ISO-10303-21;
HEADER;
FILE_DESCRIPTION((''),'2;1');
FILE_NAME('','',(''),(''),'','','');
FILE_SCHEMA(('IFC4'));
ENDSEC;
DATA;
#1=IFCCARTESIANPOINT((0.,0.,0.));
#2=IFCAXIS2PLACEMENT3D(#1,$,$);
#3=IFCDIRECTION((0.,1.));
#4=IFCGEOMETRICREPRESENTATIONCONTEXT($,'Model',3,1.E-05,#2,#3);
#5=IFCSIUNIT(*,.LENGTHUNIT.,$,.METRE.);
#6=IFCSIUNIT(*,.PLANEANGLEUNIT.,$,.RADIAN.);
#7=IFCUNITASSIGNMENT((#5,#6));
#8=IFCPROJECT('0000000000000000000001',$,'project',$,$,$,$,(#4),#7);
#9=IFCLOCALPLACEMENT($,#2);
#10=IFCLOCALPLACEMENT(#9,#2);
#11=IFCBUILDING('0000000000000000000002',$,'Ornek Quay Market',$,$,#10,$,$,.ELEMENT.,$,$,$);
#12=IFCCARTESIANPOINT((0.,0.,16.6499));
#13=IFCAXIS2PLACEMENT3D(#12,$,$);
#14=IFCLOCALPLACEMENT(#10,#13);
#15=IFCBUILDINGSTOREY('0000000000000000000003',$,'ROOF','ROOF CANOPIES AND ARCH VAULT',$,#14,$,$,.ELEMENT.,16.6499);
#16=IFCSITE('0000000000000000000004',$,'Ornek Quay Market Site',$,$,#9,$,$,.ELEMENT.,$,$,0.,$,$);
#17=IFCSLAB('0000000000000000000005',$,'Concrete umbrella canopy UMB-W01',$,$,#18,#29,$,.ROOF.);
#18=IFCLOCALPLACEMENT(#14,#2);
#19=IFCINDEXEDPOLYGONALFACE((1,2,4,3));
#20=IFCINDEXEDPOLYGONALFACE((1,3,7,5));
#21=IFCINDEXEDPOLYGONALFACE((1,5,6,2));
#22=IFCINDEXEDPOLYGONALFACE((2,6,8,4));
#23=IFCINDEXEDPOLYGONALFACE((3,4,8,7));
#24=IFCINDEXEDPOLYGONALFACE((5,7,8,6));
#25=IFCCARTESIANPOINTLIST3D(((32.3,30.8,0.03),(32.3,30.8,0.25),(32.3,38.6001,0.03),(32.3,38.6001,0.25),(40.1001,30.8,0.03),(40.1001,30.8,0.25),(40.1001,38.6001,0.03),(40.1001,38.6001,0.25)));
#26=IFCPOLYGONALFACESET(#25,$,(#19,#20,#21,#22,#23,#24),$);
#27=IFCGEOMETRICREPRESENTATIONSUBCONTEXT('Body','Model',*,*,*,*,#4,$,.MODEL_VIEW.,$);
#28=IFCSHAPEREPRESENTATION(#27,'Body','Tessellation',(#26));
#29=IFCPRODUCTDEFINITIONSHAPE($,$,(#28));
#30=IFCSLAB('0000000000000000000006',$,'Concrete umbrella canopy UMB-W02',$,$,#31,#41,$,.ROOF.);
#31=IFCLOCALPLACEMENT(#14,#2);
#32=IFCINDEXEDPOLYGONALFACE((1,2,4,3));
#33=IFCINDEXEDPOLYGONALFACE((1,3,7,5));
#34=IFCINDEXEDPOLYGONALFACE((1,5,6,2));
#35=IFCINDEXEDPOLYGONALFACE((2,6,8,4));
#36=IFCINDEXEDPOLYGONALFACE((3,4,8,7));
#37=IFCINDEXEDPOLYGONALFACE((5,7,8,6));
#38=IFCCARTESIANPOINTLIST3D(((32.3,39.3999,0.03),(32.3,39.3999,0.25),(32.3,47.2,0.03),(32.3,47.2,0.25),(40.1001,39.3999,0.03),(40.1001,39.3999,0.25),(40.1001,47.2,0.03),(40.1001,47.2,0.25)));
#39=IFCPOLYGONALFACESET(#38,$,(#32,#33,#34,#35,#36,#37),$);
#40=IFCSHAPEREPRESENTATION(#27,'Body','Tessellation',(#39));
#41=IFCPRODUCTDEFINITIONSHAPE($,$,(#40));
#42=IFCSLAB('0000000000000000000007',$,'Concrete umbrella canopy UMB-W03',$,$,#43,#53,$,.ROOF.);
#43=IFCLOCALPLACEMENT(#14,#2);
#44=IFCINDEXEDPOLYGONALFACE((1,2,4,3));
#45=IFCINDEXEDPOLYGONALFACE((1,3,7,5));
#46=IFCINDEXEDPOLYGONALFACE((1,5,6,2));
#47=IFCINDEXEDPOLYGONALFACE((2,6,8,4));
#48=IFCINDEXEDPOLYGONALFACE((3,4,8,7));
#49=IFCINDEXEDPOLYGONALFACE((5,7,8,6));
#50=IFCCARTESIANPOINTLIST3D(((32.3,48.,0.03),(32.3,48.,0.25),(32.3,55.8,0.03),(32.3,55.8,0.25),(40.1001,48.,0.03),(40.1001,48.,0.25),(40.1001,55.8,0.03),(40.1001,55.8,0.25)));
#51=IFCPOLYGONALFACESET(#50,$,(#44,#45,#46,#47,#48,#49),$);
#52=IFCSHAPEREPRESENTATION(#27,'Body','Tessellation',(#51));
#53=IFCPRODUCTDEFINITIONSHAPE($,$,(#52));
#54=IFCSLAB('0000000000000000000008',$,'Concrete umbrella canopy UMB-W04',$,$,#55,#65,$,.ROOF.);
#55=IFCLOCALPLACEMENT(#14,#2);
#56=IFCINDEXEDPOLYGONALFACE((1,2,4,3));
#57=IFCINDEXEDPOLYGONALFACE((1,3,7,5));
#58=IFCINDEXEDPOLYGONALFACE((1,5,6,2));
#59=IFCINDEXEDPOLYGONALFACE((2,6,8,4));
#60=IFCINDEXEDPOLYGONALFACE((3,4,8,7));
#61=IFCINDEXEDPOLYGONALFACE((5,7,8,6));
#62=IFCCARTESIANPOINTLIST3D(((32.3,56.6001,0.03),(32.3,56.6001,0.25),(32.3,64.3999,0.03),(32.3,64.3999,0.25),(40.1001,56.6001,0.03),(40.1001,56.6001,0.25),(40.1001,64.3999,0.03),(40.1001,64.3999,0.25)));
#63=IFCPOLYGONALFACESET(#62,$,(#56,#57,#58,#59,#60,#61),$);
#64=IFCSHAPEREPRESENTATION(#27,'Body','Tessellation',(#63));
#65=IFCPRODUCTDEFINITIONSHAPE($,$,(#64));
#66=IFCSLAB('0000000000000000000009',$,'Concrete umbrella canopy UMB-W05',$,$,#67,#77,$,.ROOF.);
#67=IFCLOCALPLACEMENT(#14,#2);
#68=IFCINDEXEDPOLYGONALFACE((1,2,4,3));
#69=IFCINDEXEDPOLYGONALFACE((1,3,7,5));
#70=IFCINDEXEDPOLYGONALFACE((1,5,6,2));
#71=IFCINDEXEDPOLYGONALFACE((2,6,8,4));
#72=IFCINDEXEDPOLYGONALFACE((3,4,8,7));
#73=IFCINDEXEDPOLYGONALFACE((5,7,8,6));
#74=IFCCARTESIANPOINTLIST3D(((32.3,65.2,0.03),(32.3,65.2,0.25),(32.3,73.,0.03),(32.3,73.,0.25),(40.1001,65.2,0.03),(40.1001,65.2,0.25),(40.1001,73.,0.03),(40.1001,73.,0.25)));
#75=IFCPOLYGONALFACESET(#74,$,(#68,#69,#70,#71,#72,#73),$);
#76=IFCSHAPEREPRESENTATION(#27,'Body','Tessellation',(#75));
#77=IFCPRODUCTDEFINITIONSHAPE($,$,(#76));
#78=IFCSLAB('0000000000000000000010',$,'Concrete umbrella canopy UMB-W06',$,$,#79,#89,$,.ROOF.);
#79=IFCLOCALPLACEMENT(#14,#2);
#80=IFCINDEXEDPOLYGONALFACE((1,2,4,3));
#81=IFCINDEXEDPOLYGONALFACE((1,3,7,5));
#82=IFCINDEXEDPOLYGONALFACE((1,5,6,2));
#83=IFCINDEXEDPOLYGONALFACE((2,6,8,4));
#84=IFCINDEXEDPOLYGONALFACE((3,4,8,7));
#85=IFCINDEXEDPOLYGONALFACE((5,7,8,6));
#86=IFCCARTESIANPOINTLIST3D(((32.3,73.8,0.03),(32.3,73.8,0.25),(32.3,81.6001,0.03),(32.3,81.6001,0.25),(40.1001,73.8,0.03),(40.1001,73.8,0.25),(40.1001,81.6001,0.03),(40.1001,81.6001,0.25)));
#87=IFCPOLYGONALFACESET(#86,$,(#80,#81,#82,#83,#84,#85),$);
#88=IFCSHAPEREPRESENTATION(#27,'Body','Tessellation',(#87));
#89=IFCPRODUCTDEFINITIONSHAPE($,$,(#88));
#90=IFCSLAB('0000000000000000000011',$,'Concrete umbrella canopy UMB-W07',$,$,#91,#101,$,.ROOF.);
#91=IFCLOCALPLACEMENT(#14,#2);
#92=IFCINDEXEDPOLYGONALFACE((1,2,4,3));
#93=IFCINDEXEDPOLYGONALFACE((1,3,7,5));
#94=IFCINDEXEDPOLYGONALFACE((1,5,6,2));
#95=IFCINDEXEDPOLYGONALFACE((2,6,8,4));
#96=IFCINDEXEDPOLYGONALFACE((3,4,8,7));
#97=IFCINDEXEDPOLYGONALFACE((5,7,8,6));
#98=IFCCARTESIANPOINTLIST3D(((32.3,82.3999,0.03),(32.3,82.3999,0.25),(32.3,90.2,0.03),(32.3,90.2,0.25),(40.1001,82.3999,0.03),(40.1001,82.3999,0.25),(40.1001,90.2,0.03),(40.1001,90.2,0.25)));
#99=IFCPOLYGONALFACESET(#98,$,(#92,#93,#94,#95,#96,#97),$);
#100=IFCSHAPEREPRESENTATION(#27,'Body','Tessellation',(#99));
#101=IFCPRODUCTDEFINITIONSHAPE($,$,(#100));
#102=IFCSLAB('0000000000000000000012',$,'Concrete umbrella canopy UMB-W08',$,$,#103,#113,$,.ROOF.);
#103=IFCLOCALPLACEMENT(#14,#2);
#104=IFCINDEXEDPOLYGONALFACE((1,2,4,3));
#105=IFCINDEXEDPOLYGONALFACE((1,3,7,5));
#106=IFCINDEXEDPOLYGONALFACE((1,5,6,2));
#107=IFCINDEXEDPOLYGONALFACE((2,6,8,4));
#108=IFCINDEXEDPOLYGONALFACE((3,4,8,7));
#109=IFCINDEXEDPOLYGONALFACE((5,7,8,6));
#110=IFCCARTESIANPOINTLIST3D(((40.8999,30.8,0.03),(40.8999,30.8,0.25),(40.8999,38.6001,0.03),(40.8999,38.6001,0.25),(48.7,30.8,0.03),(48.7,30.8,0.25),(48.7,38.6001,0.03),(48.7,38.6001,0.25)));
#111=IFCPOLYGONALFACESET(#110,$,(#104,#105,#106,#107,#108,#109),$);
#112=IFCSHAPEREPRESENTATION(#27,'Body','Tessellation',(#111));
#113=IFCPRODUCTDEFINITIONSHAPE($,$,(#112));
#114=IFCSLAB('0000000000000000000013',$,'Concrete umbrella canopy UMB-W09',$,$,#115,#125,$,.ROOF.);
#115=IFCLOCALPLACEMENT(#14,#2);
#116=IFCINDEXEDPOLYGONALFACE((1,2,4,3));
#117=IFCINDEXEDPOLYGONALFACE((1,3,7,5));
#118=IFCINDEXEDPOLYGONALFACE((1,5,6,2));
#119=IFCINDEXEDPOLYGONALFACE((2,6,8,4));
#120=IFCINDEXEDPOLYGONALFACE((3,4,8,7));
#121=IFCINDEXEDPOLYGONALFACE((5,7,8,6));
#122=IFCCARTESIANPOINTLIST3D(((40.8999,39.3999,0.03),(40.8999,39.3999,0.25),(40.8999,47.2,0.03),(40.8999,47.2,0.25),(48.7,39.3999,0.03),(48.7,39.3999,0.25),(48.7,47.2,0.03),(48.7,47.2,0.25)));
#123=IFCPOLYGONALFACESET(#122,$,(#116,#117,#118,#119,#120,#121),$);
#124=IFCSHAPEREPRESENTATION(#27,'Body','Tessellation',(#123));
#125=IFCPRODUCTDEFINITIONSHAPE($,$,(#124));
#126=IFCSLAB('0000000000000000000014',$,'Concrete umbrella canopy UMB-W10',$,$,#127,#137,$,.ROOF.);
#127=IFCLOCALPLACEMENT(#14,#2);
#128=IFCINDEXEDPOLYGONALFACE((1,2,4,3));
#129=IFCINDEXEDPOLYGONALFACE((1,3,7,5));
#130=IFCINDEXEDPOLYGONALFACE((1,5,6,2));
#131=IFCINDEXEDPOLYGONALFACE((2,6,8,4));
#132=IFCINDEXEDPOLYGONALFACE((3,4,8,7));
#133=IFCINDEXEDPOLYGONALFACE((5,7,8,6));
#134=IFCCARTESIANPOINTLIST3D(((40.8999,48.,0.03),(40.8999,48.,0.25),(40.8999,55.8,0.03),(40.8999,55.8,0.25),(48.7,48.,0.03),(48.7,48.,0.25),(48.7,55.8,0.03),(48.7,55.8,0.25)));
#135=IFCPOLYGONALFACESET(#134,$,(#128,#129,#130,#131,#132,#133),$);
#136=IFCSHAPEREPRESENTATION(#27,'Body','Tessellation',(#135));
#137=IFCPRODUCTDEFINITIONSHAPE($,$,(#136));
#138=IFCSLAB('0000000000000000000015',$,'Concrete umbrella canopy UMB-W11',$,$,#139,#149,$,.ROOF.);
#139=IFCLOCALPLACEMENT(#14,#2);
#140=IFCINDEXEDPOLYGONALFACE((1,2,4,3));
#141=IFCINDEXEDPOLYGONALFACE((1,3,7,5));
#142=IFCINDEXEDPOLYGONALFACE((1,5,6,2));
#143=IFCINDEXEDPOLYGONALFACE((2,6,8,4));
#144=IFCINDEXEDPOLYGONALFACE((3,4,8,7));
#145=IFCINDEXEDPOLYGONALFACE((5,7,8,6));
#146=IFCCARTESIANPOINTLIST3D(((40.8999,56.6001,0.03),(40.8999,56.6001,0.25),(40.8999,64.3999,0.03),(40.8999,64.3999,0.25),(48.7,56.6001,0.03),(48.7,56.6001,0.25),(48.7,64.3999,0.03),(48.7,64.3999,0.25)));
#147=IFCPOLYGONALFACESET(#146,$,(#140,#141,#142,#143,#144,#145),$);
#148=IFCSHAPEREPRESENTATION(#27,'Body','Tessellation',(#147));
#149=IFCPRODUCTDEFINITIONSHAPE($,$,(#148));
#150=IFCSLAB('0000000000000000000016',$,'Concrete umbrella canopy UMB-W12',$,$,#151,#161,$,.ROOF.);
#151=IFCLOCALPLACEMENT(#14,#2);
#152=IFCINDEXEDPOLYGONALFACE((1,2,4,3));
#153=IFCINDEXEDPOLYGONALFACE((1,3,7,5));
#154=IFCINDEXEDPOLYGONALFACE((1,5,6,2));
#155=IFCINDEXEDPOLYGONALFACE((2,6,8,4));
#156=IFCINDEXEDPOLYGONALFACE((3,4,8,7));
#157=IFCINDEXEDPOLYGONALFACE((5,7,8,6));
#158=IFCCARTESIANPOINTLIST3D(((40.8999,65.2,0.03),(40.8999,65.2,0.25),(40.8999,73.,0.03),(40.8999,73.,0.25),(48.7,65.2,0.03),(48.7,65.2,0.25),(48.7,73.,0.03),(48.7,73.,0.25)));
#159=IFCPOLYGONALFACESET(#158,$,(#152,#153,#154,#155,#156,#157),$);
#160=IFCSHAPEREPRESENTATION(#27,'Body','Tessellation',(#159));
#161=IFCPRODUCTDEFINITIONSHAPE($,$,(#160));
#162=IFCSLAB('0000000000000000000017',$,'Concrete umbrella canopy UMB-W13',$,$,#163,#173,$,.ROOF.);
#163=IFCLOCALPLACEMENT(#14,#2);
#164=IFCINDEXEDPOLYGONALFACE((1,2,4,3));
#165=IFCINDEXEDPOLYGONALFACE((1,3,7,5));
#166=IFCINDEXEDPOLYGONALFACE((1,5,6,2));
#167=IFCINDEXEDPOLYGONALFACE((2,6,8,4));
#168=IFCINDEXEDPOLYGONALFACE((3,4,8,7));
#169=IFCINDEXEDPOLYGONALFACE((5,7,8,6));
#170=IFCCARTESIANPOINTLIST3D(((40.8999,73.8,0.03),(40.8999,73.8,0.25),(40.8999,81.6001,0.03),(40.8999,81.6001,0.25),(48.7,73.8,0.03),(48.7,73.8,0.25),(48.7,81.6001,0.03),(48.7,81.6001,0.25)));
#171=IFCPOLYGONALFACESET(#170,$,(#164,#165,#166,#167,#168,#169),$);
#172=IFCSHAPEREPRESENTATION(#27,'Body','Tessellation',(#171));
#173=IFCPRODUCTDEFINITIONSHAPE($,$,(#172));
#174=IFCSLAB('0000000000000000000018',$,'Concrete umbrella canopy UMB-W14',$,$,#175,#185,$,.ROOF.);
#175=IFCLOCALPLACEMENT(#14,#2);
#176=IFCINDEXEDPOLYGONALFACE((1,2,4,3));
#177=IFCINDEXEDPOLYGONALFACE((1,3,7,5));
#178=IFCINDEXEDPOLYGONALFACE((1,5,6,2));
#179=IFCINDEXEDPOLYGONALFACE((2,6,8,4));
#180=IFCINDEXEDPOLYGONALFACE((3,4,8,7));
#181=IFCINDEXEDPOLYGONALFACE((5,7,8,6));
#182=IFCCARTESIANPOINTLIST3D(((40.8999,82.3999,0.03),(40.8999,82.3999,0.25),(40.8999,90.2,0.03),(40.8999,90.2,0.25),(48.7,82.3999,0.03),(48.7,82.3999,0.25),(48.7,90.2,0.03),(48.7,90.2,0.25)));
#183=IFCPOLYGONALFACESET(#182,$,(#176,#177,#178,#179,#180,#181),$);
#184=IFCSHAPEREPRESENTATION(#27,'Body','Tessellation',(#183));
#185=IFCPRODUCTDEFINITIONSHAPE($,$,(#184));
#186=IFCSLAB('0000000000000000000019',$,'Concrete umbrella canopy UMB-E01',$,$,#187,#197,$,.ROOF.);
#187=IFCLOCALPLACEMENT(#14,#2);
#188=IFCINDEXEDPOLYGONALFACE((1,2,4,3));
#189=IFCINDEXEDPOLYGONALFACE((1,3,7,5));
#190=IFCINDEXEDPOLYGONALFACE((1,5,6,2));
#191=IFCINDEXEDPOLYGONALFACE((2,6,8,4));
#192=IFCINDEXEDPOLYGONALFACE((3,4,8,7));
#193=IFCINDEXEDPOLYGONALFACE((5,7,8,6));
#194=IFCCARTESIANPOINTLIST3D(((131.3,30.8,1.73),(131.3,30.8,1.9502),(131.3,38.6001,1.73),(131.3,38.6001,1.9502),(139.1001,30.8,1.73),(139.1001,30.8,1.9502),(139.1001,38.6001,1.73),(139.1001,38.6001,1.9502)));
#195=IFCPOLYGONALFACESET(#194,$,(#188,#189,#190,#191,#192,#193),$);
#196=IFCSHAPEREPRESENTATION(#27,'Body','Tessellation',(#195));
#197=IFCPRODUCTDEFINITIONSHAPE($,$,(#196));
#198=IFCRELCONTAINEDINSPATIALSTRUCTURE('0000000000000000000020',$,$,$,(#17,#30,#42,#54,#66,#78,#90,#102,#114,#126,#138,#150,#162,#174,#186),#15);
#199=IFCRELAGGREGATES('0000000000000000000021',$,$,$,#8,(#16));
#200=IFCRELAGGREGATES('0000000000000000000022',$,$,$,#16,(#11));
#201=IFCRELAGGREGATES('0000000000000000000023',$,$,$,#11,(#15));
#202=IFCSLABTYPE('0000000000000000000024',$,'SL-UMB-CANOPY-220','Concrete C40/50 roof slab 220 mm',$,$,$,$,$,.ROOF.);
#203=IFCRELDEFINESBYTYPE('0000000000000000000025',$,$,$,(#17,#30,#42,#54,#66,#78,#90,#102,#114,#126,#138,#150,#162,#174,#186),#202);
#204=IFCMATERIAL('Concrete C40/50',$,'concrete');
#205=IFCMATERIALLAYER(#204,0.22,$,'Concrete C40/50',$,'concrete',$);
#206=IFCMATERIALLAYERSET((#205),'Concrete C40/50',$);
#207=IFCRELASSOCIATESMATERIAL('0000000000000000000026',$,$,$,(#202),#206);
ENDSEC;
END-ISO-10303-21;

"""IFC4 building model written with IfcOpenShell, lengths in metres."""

from ifc_helpers import new_model, si_unit, direction, frame, origin, place, context, subcontext, project, spatial, polyline, outline, extrude, material, layer, layer_set, type_object, element, save


model = new_model("IFC4")

# Units and contexts
model_context = context("Model", 3, precision=1e-05, world=origin(), true_north=direction((0.0, 1.0)))
body_context = subcontext(model_context, "Body", "Model", "MODEL_VIEW")
ifc_project = project(units=[si_unit("LENGTHUNIT", "METRE"), si_unit("PLANEANGLEUNIT", "RADIAN")], contexts=[model_context])

# Site, building, storey
site_placement = place(None, origin())
site = spatial("IfcSite", under=ifc_project, at=site_placement, Name="Ornek Quay Market Site", CompositionType="ELEMENT", RefElevation=0.0)
building_placement = place(site_placement, origin())
building = spatial("IfcBuilding", under=site, at=building_placement, Name="Ornek Quay Market", CompositionType="ELEMENT")
storey_placement = place(building_placement, frame((0.0, 0.0, 16.6499)))
storey = spatial("IfcBuildingStorey", under=building, at=storey_placement, Name="ROOF", Description="ROOF CANOPIES AND ARCH VAULT", CompositionType="ELEMENT", Elevation=16.6499)

# Slabs
ifc_material = material(Name="Concrete C40/50", Category="concrete")
ifc_layer = layer(ifc_material, 0.22, Name="Concrete C40/50", Category="concrete")
ifc_layer_set = layer_set([ifc_layer], Name="Concrete C40/50")
slab_type = type_object("IfcSlabType", Name="SL-UMB-CANOPY-220", Description="Concrete C40/50 roof slab 220 mm", PredefinedType="ROOF", material=ifc_layer_set)
slab_1_placement = place(storey_placement, frame((0.0, 0.0, 0.03)))
element("IfcSlab", 1, at=slab_1_placement, inside=storey, type_object=slab_type, Name="Concrete umbrella canopy UMB-W01", PredefinedType="ROOF", context=body_context, shape_type="SweptSolid", body=[
    extrude(outline(polyline([(32.3, 30.8), (40.1001, 30.8), (40.1001, 38.6001), (32.3, 38.6001), (32.3, 30.8)])), origin(), (0.0, 0.0, 1.0), 0.22),
])
slab_2_placement = place(storey_placement, frame((0.0, 0.0, 0.03)))
element("IfcSlab", 2, at=slab_2_placement, inside=storey, type_object=slab_type, Name="Concrete umbrella canopy UMB-W02", PredefinedType="ROOF", context=body_context, shape_type="SweptSolid", body=[
    extrude(outline(polyline([(32.3, 39.3999), (40.1001, 39.3999), (40.1001, 47.2), (32.3, 47.2), (32.3, 39.3999)])), origin(), (0.0, 0.0, 1.0), 0.22),
])
slab_3_placement = place(storey_placement, frame((0.0, 0.0, 0.03)))
element("IfcSlab", 3, at=slab_3_placement, inside=storey, type_object=slab_type, Name="Concrete umbrella canopy UMB-W03", PredefinedType="ROOF", context=body_context, shape_type="SweptSolid", body=[
    extrude(outline(polyline([(32.3, 48.0), (40.1001, 48.0), (40.1001, 55.8), (32.3, 55.8), (32.3, 48.0)])), origin(), (0.0, 0.0, 1.0), 0.22),
])
slab_4_placement = place(storey_placement, frame((0.0, 0.0, 0.03)))
element("IfcSlab", 4, at=slab_4_placement, inside=storey, type_object=slab_type, Name="Concrete umbrella canopy UMB-W04", PredefinedType="ROOF", context=body_context, shape_type="SweptSolid", body=[
    extrude(outline(polyline([(32.3, 56.6001), (40.1001, 56.6001), (40.1001, 64.3999), (32.3, 64.3999), (32.3, 56.6001)])), origin(), (0.0, 0.0, 1.0), 0.22),
])
slab_5_placement = place(storey_placement, frame((0.0, 0.0, 0.03)))
element("IfcSlab", 5, at=slab_5_placement, inside=storey, type_object=slab_type, Name="Concrete umbrella canopy UMB-W05", PredefinedType="ROOF", context=body_context, shape_type="SweptSolid", body=[
    extrude(outline(polyline([(32.3, 65.2), (40.1001, 65.2), (40.1001, 73.0), (32.3, 73.0), (32.3, 65.2)])), origin(), (0.0, 0.0, 1.0), 0.22),
])
slab_6_placement = place(storey_placement, frame((0.0, 0.0, 0.03)))
element("IfcSlab", 6, at=slab_6_placement, inside=storey, type_object=slab_type, Name="Concrete umbrella canopy UMB-W06", PredefinedType="ROOF", context=body_context, shape_type="SweptSolid", body=[
    extrude(outline(polyline([(32.3, 73.8), (40.1001, 73.8), (40.1001, 81.6001), (32.3, 81.6001), (32.3, 73.8)])), origin(), (0.0, 0.0, 1.0), 0.22),
])
slab_7_placement = place(storey_placement, frame((0.0, 0.0, 0.03)))
element("IfcSlab", 7, at=slab_7_placement, inside=storey, type_object=slab_type, Name="Concrete umbrella canopy UMB-W07", PredefinedType="ROOF", context=body_context, shape_type="SweptSolid", body=[
    extrude(outline(polyline([(32.3, 82.3999), (40.1001, 82.3999), (40.1001, 90.2), (32.3, 90.2), (32.3, 82.3999)])), origin(), (0.0, 0.0, 1.0), 0.22),
])
slab_8_placement = place(storey_placement, frame((0.0, 0.0, 0.03)))
element("IfcSlab", 8, at=slab_8_placement, inside=storey, type_object=slab_type, Name="Concrete umbrella canopy UMB-W08", PredefinedType="ROOF", context=body_context, shape_type="SweptSolid", body=[
    extrude(outline(polyline([(40.8999, 30.8), (48.7, 30.8), (48.7, 38.6001), (40.8999, 38.6001), (40.8999, 30.8)])), origin(), (0.0, 0.0, 1.0), 0.22),
])
slab_9_placement = place(storey_placement, frame((0.0, 0.0, 0.03)))
element("IfcSlab", 9, at=slab_9_placement, inside=storey, type_object=slab_type, Name="Concrete umbrella canopy UMB-W09", PredefinedType="ROOF", context=body_context, shape_type="SweptSolid", body=[
    extrude(outline(polyline([(40.8999, 39.3999), (48.7, 39.3999), (48.7, 47.2), (40.8999, 47.2), (40.8999, 39.3999)])), origin(), (0.0, 0.0, 1.0), 0.22),
])
slab_10_placement = place(storey_placement, frame((0.0, 0.0, 0.03)))
element("IfcSlab", 10, at=slab_10_placement, inside=storey, type_object=slab_type, Name="Concrete umbrella canopy UMB-W10", PredefinedType="ROOF", context=body_context, shape_type="SweptSolid", body=[
    extrude(outline(polyline([(40.8999, 48.0), (48.7, 48.0), (48.7, 55.8), (40.8999, 55.8), (40.8999, 48.0)])), origin(), (0.0, 0.0, 1.0), 0.22),
])
slab_11_placement = place(storey_placement, frame((0.0, 0.0, 0.03)))
element("IfcSlab", 11, at=slab_11_placement, inside=storey, type_object=slab_type, Name="Concrete umbrella canopy UMB-W11", PredefinedType="ROOF", context=body_context, shape_type="SweptSolid", body=[
    extrude(outline(polyline([(40.8999, 56.6001), (48.7, 56.6001), (48.7, 64.3999), (40.8999, 64.3999), (40.8999, 56.6001)])), origin(), (0.0, 0.0, 1.0), 0.22),
])
slab_12_placement = place(storey_placement, frame((0.0, 0.0, 0.03)))
element("IfcSlab", 12, at=slab_12_placement, inside=storey, type_object=slab_type, Name="Concrete umbrella canopy UMB-W12", PredefinedType="ROOF", context=body_context, shape_type="SweptSolid", body=[
    extrude(outline(polyline([(40.8999, 65.2), (48.7, 65.2), (48.7, 73.0), (40.8999, 73.0), (40.8999, 65.2)])), origin(), (0.0, 0.0, 1.0), 0.22),
])
slab_13_placement = place(storey_placement, frame((0.0, 0.0, 0.03)))
element("IfcSlab", 13, at=slab_13_placement, inside=storey, type_object=slab_type, Name="Concrete umbrella canopy UMB-W13", PredefinedType="ROOF", context=body_context, shape_type="SweptSolid", body=[
    extrude(outline(polyline([(40.8999, 73.8), (48.7, 73.8), (48.7, 81.6001), (40.8999, 81.6001), (40.8999, 73.8)])), origin(), (0.0, 0.0, 1.0), 0.22),
])
slab_14_placement = place(storey_placement, frame((0.0, 0.0, 0.03)))
element("IfcSlab", 14, at=slab_14_placement, inside=storey, type_object=slab_type, Name="Concrete umbrella canopy UMB-W14", PredefinedType="ROOF", context=body_context, shape_type="SweptSolid", body=[
    extrude(outline(polyline([(40.8999, 82.3999), (48.7, 82.3999), (48.7, 90.2), (40.8999, 90.2), (40.8999, 82.3999)])), origin(), (0.0, 0.0, 1.0), 0.22),
])
slab_15_placement = place(storey_placement, frame((0.0, 0.0, 1.73)))
element("IfcSlab", 15, at=slab_15_placement, inside=storey, type_object=slab_type, Name="Concrete umbrella canopy UMB-E01", PredefinedType="ROOF", context=body_context, shape_type="SweptSolid", body=[
    extrude(outline(polyline([(131.3, 30.8), (139.1001, 30.8), (139.1001, 38.6001), (131.3, 38.6001), (131.3, 30.8)])), origin(), (0.0, 0.0, 1.0), 0.2202),
])

save(model, "model.ifc")
